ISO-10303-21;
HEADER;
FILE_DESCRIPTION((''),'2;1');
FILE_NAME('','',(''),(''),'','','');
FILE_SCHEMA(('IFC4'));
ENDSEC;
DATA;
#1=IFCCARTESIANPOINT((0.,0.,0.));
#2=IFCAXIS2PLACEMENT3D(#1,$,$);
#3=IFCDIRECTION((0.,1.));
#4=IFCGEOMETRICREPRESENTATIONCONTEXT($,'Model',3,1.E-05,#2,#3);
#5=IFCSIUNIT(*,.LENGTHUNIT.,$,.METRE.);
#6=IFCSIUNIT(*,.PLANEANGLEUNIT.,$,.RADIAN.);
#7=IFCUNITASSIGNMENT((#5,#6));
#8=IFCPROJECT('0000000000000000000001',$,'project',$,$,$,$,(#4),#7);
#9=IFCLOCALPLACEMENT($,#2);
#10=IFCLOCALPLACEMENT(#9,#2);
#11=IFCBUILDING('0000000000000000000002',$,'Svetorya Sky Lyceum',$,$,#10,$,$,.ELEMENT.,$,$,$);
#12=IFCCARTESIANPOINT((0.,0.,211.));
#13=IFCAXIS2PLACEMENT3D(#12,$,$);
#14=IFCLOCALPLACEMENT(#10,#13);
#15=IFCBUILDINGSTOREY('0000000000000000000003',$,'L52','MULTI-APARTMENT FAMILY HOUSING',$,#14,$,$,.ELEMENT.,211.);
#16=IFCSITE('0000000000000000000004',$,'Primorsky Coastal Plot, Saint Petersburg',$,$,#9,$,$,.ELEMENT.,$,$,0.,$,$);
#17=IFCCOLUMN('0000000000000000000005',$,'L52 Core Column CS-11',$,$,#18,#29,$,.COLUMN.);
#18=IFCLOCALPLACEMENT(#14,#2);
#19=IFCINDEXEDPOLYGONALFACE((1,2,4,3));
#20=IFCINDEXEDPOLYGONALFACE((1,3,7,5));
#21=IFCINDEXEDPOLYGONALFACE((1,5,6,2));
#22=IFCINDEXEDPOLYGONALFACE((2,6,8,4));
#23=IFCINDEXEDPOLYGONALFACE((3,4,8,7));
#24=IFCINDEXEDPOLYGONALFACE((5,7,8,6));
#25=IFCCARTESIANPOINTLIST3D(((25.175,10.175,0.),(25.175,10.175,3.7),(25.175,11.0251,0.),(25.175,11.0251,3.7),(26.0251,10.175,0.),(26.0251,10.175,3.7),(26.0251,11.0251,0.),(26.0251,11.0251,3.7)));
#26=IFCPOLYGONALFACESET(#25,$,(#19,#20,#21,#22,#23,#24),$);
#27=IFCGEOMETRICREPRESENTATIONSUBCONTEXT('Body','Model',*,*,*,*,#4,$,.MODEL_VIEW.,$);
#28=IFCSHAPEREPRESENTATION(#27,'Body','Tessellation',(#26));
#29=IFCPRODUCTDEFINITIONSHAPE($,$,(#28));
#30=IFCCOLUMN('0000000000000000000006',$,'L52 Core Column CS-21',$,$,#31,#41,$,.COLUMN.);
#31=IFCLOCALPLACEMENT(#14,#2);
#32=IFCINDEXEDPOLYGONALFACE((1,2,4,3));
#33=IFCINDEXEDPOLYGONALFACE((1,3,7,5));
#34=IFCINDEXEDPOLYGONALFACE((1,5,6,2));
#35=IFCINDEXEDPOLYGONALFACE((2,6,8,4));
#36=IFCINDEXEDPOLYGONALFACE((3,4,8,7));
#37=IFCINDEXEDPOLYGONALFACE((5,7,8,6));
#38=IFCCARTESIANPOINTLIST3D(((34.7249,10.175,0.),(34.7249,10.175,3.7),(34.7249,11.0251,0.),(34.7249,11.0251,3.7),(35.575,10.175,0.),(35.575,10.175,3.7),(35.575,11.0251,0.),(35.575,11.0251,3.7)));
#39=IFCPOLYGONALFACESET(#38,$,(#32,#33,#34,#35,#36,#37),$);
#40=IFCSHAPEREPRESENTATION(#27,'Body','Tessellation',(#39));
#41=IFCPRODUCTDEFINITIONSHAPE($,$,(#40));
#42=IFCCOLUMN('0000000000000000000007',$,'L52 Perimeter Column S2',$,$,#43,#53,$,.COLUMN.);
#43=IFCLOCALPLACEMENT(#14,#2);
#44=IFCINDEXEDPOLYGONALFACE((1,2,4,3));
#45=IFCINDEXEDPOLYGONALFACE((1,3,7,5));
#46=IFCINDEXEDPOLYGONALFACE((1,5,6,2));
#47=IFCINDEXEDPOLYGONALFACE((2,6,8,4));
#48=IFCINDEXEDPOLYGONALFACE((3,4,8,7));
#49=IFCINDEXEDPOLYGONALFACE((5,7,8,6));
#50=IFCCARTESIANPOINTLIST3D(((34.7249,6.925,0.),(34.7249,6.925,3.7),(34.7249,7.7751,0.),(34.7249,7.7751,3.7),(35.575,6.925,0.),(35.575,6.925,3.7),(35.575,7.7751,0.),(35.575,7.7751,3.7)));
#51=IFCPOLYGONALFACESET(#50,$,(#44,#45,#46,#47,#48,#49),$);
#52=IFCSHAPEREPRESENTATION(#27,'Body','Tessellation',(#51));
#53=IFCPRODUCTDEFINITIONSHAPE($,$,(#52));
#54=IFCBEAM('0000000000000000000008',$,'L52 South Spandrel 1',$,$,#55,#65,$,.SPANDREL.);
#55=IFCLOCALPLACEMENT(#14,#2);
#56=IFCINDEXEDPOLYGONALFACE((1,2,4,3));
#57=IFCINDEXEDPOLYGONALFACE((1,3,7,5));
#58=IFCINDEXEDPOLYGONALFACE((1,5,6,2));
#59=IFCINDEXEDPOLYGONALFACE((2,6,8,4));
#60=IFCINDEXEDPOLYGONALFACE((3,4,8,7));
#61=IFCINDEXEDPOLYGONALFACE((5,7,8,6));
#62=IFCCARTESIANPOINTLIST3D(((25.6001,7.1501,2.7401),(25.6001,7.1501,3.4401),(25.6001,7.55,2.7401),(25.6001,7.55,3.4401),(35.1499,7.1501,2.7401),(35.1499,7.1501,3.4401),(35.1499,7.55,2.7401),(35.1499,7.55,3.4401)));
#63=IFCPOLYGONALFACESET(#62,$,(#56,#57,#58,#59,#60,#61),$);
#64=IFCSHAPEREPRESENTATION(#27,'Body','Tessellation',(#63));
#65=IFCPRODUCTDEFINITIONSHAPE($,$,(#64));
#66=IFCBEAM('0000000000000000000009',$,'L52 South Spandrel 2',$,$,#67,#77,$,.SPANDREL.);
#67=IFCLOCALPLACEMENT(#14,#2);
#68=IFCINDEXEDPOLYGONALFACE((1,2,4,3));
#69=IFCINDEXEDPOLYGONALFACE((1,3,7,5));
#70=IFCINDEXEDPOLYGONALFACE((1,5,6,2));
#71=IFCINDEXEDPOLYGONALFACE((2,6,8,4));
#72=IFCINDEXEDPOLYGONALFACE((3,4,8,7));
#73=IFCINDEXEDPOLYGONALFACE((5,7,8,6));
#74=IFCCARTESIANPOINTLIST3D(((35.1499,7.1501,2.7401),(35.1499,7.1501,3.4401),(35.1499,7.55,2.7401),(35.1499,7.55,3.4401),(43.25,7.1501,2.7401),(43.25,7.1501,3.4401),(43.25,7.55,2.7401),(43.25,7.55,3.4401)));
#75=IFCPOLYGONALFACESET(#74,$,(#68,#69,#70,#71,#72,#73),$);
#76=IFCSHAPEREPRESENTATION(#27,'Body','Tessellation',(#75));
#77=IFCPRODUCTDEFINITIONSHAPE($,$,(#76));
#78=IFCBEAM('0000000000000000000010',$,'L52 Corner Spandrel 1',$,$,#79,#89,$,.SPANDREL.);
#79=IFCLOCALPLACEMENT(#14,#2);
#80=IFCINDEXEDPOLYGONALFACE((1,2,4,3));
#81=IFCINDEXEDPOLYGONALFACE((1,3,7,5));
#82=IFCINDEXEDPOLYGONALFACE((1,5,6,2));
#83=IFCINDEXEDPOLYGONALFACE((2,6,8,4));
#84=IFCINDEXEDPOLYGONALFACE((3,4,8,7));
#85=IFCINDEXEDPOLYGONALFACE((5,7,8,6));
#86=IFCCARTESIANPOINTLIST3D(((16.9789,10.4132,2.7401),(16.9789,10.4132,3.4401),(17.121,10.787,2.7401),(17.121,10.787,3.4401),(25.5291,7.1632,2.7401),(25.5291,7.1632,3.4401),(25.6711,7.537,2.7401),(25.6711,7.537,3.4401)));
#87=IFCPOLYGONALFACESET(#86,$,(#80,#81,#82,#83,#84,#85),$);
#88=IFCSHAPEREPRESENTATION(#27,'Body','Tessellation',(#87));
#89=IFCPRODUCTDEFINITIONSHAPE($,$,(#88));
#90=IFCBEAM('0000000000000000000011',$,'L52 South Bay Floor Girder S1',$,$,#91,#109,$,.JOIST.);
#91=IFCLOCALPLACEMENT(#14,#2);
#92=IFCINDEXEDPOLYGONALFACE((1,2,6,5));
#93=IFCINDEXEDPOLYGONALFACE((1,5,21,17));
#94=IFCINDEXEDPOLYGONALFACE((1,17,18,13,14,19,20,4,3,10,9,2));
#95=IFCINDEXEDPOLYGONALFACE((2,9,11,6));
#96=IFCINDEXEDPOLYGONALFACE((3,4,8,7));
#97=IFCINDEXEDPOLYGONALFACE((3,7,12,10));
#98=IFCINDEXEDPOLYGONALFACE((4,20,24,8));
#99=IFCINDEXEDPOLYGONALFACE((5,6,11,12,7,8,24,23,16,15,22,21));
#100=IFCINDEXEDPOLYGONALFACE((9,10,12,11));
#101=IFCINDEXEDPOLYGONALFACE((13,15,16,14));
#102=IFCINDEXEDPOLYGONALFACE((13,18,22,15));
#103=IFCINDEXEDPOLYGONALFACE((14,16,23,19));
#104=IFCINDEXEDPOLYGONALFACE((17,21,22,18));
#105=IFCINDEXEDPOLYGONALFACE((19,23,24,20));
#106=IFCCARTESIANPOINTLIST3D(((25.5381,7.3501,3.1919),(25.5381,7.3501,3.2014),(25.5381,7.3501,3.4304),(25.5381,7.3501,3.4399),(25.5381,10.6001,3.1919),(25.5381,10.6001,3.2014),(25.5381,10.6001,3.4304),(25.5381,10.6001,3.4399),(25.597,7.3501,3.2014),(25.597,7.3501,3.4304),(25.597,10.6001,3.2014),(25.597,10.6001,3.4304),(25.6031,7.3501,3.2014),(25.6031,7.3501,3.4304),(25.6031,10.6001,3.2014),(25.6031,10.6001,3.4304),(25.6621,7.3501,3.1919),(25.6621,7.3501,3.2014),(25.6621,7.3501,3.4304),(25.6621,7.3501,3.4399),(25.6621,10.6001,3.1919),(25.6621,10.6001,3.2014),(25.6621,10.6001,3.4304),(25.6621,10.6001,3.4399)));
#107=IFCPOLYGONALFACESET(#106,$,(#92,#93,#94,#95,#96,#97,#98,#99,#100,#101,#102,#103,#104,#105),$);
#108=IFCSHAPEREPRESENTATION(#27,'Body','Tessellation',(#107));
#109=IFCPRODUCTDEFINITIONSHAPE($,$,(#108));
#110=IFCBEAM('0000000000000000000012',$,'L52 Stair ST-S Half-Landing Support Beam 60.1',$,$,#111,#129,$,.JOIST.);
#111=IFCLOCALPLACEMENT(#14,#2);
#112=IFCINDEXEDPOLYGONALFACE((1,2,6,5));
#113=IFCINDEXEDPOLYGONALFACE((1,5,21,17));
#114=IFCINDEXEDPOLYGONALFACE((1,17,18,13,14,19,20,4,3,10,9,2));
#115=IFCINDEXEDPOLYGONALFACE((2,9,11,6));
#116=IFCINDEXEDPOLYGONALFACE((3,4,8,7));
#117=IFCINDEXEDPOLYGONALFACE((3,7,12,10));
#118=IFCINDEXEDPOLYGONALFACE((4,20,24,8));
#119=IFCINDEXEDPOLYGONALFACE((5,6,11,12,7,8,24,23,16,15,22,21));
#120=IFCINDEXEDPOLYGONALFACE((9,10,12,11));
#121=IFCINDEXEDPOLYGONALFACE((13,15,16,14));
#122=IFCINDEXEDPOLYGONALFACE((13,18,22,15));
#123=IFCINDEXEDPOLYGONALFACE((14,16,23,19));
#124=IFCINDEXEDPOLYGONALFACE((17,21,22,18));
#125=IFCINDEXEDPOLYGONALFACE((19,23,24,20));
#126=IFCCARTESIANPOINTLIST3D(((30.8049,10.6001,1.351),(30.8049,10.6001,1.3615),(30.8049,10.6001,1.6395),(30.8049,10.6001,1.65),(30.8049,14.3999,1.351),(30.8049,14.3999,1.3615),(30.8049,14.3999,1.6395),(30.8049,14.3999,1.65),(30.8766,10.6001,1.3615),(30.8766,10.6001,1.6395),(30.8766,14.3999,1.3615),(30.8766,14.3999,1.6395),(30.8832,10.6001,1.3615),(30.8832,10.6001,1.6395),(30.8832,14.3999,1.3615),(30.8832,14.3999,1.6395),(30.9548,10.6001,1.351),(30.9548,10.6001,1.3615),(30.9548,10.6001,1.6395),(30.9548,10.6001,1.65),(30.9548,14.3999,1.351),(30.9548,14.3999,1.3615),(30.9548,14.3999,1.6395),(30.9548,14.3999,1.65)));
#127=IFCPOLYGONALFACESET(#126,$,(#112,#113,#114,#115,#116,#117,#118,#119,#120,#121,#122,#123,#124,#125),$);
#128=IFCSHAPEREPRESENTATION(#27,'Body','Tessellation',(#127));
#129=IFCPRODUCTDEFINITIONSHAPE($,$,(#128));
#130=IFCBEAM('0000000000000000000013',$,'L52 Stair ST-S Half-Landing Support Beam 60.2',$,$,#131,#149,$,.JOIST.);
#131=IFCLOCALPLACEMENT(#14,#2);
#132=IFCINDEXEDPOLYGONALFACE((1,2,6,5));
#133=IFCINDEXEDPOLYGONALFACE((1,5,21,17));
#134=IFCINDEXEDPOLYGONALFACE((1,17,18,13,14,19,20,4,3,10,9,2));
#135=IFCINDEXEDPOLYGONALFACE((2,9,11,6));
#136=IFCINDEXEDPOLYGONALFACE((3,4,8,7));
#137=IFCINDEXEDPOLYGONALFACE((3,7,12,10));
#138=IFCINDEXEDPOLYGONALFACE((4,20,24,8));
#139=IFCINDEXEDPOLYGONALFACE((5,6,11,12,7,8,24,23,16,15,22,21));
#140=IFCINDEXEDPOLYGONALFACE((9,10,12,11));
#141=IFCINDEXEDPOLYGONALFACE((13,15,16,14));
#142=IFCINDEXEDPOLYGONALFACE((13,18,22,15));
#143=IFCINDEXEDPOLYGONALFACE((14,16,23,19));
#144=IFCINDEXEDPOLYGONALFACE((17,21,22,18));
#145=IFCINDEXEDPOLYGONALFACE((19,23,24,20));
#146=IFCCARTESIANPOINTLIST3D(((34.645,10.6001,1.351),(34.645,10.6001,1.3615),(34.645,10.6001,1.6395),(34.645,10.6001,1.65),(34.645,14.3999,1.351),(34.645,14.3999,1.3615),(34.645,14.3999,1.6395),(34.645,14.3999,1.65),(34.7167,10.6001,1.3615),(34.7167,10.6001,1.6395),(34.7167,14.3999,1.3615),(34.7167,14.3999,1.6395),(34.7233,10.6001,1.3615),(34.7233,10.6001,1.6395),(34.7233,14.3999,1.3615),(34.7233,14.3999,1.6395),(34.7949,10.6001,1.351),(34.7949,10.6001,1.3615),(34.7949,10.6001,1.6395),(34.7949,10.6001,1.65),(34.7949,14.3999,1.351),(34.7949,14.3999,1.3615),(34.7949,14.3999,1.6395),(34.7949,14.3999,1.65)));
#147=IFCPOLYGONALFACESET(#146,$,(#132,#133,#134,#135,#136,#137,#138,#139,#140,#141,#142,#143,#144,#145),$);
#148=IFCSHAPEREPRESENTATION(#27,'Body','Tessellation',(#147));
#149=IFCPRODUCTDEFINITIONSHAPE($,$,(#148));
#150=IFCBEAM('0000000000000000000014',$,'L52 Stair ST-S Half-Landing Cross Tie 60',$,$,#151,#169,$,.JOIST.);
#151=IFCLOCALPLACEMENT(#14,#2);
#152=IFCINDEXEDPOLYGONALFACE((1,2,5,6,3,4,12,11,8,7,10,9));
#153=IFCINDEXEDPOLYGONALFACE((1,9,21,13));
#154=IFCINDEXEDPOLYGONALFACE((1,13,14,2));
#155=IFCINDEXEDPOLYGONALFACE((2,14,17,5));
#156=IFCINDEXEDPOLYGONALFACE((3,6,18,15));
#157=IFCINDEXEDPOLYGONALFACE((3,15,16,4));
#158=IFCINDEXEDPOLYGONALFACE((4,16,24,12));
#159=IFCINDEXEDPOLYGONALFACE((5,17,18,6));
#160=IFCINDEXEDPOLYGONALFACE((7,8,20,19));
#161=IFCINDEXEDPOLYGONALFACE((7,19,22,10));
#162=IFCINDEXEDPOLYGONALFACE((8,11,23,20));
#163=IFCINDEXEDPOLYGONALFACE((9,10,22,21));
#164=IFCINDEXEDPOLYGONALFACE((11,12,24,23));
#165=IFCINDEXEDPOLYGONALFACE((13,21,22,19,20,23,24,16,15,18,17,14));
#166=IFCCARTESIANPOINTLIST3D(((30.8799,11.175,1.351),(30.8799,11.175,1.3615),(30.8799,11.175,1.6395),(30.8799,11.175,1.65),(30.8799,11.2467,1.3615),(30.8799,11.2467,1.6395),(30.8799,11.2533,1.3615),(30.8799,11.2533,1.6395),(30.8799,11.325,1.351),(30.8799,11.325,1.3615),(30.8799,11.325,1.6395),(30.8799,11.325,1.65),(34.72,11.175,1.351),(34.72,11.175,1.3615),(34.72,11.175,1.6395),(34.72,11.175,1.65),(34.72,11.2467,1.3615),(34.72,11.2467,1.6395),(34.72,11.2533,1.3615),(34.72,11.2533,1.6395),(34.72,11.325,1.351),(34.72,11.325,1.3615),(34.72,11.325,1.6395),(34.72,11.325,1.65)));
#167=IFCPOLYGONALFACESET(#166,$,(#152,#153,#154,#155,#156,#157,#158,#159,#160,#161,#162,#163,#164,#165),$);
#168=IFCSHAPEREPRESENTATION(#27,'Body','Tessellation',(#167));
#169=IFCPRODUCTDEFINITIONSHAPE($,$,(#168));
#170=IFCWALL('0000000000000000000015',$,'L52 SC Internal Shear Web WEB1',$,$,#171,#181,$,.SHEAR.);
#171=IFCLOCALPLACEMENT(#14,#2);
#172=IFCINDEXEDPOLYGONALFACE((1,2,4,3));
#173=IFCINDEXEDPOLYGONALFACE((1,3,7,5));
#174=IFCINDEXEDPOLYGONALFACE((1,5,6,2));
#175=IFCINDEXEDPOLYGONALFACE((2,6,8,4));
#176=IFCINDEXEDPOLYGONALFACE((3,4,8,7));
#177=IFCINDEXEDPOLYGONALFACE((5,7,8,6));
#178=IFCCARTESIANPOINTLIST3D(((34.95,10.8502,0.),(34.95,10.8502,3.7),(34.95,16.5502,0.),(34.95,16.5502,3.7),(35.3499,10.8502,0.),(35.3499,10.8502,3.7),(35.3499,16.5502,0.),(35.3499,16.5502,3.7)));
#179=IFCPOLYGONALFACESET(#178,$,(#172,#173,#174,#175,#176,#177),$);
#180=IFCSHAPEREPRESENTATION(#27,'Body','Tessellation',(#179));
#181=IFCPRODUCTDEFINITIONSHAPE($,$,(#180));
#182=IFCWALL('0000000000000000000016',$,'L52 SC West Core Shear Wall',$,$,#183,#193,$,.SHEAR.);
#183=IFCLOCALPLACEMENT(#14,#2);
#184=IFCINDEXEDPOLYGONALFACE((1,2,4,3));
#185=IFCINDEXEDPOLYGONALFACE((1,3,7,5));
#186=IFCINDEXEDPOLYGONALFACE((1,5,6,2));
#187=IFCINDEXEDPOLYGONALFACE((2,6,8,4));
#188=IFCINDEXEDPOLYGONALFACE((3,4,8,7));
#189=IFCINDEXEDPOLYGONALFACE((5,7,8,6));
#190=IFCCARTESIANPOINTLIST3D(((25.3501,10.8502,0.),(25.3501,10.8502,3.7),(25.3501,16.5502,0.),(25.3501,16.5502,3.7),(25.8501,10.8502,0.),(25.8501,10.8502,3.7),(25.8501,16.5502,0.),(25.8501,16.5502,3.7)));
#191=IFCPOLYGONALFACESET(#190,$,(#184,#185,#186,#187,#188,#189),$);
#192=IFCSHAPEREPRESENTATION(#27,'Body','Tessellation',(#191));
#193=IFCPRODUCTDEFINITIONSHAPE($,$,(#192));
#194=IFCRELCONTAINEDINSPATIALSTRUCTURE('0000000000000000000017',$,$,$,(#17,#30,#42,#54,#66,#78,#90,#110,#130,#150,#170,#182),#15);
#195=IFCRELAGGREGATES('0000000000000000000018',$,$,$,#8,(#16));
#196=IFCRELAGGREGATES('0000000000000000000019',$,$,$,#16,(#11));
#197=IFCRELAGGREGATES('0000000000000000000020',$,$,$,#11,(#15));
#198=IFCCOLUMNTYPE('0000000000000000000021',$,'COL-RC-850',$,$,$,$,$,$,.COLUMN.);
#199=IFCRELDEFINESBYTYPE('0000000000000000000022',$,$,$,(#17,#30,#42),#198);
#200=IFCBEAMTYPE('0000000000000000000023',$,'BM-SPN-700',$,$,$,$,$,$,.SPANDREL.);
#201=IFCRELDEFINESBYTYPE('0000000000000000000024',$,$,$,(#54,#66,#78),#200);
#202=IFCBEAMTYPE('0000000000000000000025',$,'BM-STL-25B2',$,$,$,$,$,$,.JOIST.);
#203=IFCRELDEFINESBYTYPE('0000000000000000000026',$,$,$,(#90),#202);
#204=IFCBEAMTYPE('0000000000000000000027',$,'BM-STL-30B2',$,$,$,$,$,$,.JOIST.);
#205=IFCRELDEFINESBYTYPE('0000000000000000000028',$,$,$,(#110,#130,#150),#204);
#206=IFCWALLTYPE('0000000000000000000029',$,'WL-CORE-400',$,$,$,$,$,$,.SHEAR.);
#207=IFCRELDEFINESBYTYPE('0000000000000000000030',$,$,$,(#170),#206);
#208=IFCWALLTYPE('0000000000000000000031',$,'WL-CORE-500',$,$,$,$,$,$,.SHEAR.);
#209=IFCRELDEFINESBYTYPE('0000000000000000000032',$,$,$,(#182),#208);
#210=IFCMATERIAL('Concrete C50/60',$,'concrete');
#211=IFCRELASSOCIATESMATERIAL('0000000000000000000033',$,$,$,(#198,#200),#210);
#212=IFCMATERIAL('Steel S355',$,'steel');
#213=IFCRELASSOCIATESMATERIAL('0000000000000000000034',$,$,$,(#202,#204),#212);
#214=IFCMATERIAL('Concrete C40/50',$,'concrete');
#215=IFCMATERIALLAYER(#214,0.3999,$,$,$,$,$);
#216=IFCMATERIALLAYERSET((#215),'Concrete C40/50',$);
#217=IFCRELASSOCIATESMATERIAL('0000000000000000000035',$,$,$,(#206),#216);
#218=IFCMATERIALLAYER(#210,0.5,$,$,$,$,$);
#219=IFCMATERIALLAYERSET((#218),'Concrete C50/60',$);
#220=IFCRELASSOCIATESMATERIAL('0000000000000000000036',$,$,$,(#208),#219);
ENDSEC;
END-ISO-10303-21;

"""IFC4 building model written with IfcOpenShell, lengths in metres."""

from ifc_helpers import new_model, si_unit, direction, frame, frame_2d, origin, origin_2d, place, context, subcontext, project, spatial, rectangle, i_section, extrude, material, layer, layer_set, material_profile, profile_set, type_object, element, save


model = new_model("IFC4")

# Units and contexts
model_context = context("Model", 3, precision=1e-05, world=origin(), true_north=direction((0.0, 1.0)))
body_context = subcontext(model_context, "Body", "Model", "MODEL_VIEW")
ifc_project = project(units=[si_unit("LENGTHUNIT", "METRE"), si_unit("PLANEANGLEUNIT", "RADIAN")], contexts=[model_context])

# Site, building, storey
site_placement = place(None, origin())
site = spatial("IfcSite", under=ifc_project, at=site_placement, Name="Primorsky Coastal Plot, Saint Petersburg", CompositionType="ELEMENT", RefElevation=0.0)
building_placement = place(site_placement, origin())
building = spatial("IfcBuilding", under=site, at=building_placement, Name="Svetorya Sky Lyceum", CompositionType="ELEMENT")
storey_placement = place(building_placement, frame((0.0, 0.0, 211.0)))
storey = spatial("IfcBuildingStorey", under=building, at=storey_placement, Name="L52", Description="MULTI-APARTMENT FAMILY HOUSING", CompositionType="ELEMENT", Elevation=211.0)

# Columns
ifc_material_1 = material(Name="Concrete C50/60", Category="concrete")
ifc_material_profile_1 = material_profile(ifc_material_1, rectangle(XDim=0.8501, YDim=0.8501, at=origin_2d()), Name="RC COL 850x850")
ifc_profile_set_1 = profile_set([ifc_material_profile_1], Name="Concrete C50/60")
column_type = type_object("IfcColumnType", Name="COL-RC-850", PredefinedType="COLUMN", material=ifc_profile_set_1)
for number, where, z_axis, x_axis, name in (
    (1, (25.6001, 10.6001, 0.0), (0.0, 0.0, 1.0), (1.0, 0.0, 0.0), "L52 Core Column CS-11"),
    (2, (35.1499, 10.6001, 0.0), (0.0, 0.0, 1.0), (1.0, 0.0, 0.0), "L52 Core Column CS-21"),
    (3, (35.1499, 7.3501, 0.0), (0.0, 0.0, 1.0), (1.0, 0.0, 0.0), "L52 Perimeter Column S2"),
):
    element("IfcColumn", number, at=place(storey_placement, frame(where, z_axis=z_axis, x_axis=x_axis)), inside=storey, type_object=column_type, Name=name, PredefinedType="COLUMN", context=body_context, shape_type="SweptSolid", body=[
        extrude(rectangle(XDim=0.8501, YDim=0.8501, at=origin_2d()), origin(), (0.0, 0.0, 1.0), 3.7),
    ])

# Beams
ifc_material_profile_2 = material_profile(ifc_material_1, rectangle(XDim=0.3999, YDim=0.7, at=origin_2d()), Name="RC SPANDREL 400x700")
ifc_profile_set_2 = profile_set([ifc_material_profile_2], Name="Concrete C50/60")
beam_type_1 = type_object("IfcBeamType", Name="BM-SPN-700", PredefinedType="SPANDREL", material=ifc_profile_set_2)
beam_1_placement = place(storey_placement, frame((25.6001, 7.3501, 3.0901), z_axis=(1.0, 0.0, 0.0), x_axis=(0.0, 1.0, 0.0)))
element("IfcBeam", 4, at=beam_1_placement, inside=storey, type_object=beam_type_1, Name="L52 South Spandrel 1", PredefinedType="SPANDREL", context=body_context, shape_type="SweptSolid", body=[
    extrude(rectangle(XDim=0.3999, YDim=0.7, at=origin_2d()), origin(), (0.0, 0.0, 1.0), 9.5498),
])
beam_2_placement = place(storey_placement, frame((35.1499, 7.3501, 3.0901), z_axis=(1.0, 0.0, 0.0), x_axis=(0.0, 1.0, 0.0)))
element("IfcBeam", 5, at=beam_2_placement, inside=storey, type_object=beam_type_1, Name="L52 South Spandrel 2", PredefinedType="SPANDREL", context=body_context, shape_type="SweptSolid", body=[
    extrude(rectangle(XDim=0.3999, YDim=0.7, at=origin_2d()), origin(), (0.0, 0.0, 1.0), 8.1001),
])
beam_3_placement = place(storey_placement, frame((25.6001, 7.3501, 3.0901), z_axis=(-0.934748, 0.355312, 0.0), x_axis=(-0.355312, -0.934748, 0.0)))
element("IfcBeam", 6, at=beam_3_placement, inside=storey, type_object=beam_type_1, Name="L52 Corner Spandrel 1", PredefinedType="SPANDREL", context=body_context, shape_type="SweptSolid", body=[
    extrude(rectangle(XDim=0.3999, YDim=0.7, at=origin_2d()), origin(), (0.0, 0.0, 1.0), 9.147),
])
ifc_material_2 = material(Name="Steel S355", Category="steel")
ifc_material_profile_3 = material_profile(ifc_material_2, i_section(OverallWidth=0.124, OverallDepth=0.248, WebThickness=0.0061, FlangeThickness=0.0095, at=origin_2d()), Name="GOST 25B2")
ifc_profile_set_3 = profile_set([ifc_material_profile_3], Name="Steel S355")
beam_type_2 = type_object("IfcBeamType", Name="BM-STL-25B2", PredefinedType="JOIST", material=ifc_profile_set_3)
beam_4_placement = place(storey_placement, frame((25.6001, 7.3501, 3.3159), z_axis=(0.0, 1.0, 0.0), x_axis=(-1.0, 0.0, 0.0)))
element("IfcBeam", 7, at=beam_4_placement, inside=storey, type_object=beam_type_2, Name="L52 South Bay Floor Girder S1", PredefinedType="JOIST", context=body_context, shape_type="SweptSolid", body=[
    extrude(i_section(OverallWidth=0.124, OverallDepth=0.248, WebThickness=0.0061, FlangeThickness=0.0095, at=origin_2d()), origin(), (0.0, 0.0, 1.0), 3.25),
])
ifc_material_profile_4 = material_profile(ifc_material_2, i_section(OverallWidth=0.1499, OverallDepth=0.2991, WebThickness=0.0066, FlangeThickness=0.0105, at=origin_2d()), Name="GOST 30B2")
ifc_profile_set_4 = profile_set([ifc_material_profile_4], Name="Steel S355")
beam_type_3 = type_object("IfcBeamType", Name="BM-STL-30B2", PredefinedType="JOIST", material=ifc_profile_set_4)
for number, where, z_axis, x_axis, name in (
    (8, (30.8799, 10.6001, 1.5005), (0.0, 1.0, 0.0), (-1.0, 0.0, 0.0), "L52 Stair ST-S Half-Landing Support Beam 60.1"),
    (9, (34.72, 10.6001, 1.5005), (0.0, 1.0, 0.0), (-1.0, 0.0, 0.0), "L52 Stair ST-S Half-Landing Support Beam 60.2"),
):
    element("IfcBeam", number, at=place(storey_placement, frame(where, z_axis=z_axis, x_axis=x_axis)), inside=storey, type_object=beam_type_3, Name=name, PredefinedType="JOIST", context=body_context, shape_type="SweptSolid", body=[
        extrude(i_section(OverallWidth=0.1499, OverallDepth=0.2991, WebThickness=0.0066, FlangeThickness=0.0105, at=origin_2d()), origin(), (0.0, 0.0, 1.0), 3.7998),
    ])
beam_5_placement = place(storey_placement, frame((30.8799, 11.25, 1.5005), z_axis=(1.0, 0.0, 0.0), x_axis=(0.0, 1.0, 0.0)))
element("IfcBeam", 10, at=beam_5_placement, inside=storey, type_object=beam_type_3, Name="L52 Stair ST-S Half-Landing Cross Tie 60", PredefinedType="JOIST", context=body_context, shape_type="SweptSolid", body=[
    extrude(i_section(OverallWidth=0.1499, OverallDepth=0.2991, WebThickness=0.0066, FlangeThickness=0.0105, at=origin_2d()), origin(), (0.0, 0.0, 1.0), 3.8401),
])

# Walls
ifc_material_3 = material(Name="Concrete C40/50", Category="concrete")
ifc_layer_1 = layer(ifc_material_3, 0.3999)
ifc_layer_set_1 = layer_set([ifc_layer_1], Name="Concrete C40/50")
wall_type_1 = type_object("IfcWallType", Name="WL-CORE-400", PredefinedType="SHEAR", material=ifc_layer_set_1)
wall_1_placement = place(storey_placement, frame((35.1499, 10.8501, 0.0), z_axis=(0.0, 0.0, 1.0), x_axis=(0.0, 1.0, 0.0)))
element("IfcWall", 11, at=wall_1_placement, inside=storey, type_object=wall_type_1, Name="L52 SC Internal Shear Web WEB1", PredefinedType="SHEAR", context=body_context, shape_type="SweptSolid", body=[
    extrude(rectangle(XDim=5.7, YDim=0.3999, at=frame_2d((2.8501, 0.0))), origin(), (0.0, 0.0, 1.0), 3.7),
])
ifc_layer_2 = layer(ifc_material_1, 0.5)
ifc_layer_set_2 = layer_set([ifc_layer_2], Name="Concrete C50/60")
wall_type_2 = type_object("IfcWallType", Name="WL-CORE-500", PredefinedType="SHEAR", material=ifc_layer_set_2)
wall_2_placement = place(storey_placement, frame((25.6001, 10.8501, 0.0), z_axis=(0.0, 0.0, 1.0), x_axis=(0.0, 1.0, 0.0)))
element("IfcWall", 12, at=wall_2_placement, inside=storey, type_object=wall_type_2, Name="L52 SC West Core Shear Wall", PredefinedType="SHEAR", context=body_context, shape_type="SweptSolid", body=[
    extrude(rectangle(XDim=5.7, YDim=0.5, at=frame_2d((2.8501, 0.0))), origin(), (0.0, 0.0, 1.0), 3.7),
])

save(model, "model.ifc")
